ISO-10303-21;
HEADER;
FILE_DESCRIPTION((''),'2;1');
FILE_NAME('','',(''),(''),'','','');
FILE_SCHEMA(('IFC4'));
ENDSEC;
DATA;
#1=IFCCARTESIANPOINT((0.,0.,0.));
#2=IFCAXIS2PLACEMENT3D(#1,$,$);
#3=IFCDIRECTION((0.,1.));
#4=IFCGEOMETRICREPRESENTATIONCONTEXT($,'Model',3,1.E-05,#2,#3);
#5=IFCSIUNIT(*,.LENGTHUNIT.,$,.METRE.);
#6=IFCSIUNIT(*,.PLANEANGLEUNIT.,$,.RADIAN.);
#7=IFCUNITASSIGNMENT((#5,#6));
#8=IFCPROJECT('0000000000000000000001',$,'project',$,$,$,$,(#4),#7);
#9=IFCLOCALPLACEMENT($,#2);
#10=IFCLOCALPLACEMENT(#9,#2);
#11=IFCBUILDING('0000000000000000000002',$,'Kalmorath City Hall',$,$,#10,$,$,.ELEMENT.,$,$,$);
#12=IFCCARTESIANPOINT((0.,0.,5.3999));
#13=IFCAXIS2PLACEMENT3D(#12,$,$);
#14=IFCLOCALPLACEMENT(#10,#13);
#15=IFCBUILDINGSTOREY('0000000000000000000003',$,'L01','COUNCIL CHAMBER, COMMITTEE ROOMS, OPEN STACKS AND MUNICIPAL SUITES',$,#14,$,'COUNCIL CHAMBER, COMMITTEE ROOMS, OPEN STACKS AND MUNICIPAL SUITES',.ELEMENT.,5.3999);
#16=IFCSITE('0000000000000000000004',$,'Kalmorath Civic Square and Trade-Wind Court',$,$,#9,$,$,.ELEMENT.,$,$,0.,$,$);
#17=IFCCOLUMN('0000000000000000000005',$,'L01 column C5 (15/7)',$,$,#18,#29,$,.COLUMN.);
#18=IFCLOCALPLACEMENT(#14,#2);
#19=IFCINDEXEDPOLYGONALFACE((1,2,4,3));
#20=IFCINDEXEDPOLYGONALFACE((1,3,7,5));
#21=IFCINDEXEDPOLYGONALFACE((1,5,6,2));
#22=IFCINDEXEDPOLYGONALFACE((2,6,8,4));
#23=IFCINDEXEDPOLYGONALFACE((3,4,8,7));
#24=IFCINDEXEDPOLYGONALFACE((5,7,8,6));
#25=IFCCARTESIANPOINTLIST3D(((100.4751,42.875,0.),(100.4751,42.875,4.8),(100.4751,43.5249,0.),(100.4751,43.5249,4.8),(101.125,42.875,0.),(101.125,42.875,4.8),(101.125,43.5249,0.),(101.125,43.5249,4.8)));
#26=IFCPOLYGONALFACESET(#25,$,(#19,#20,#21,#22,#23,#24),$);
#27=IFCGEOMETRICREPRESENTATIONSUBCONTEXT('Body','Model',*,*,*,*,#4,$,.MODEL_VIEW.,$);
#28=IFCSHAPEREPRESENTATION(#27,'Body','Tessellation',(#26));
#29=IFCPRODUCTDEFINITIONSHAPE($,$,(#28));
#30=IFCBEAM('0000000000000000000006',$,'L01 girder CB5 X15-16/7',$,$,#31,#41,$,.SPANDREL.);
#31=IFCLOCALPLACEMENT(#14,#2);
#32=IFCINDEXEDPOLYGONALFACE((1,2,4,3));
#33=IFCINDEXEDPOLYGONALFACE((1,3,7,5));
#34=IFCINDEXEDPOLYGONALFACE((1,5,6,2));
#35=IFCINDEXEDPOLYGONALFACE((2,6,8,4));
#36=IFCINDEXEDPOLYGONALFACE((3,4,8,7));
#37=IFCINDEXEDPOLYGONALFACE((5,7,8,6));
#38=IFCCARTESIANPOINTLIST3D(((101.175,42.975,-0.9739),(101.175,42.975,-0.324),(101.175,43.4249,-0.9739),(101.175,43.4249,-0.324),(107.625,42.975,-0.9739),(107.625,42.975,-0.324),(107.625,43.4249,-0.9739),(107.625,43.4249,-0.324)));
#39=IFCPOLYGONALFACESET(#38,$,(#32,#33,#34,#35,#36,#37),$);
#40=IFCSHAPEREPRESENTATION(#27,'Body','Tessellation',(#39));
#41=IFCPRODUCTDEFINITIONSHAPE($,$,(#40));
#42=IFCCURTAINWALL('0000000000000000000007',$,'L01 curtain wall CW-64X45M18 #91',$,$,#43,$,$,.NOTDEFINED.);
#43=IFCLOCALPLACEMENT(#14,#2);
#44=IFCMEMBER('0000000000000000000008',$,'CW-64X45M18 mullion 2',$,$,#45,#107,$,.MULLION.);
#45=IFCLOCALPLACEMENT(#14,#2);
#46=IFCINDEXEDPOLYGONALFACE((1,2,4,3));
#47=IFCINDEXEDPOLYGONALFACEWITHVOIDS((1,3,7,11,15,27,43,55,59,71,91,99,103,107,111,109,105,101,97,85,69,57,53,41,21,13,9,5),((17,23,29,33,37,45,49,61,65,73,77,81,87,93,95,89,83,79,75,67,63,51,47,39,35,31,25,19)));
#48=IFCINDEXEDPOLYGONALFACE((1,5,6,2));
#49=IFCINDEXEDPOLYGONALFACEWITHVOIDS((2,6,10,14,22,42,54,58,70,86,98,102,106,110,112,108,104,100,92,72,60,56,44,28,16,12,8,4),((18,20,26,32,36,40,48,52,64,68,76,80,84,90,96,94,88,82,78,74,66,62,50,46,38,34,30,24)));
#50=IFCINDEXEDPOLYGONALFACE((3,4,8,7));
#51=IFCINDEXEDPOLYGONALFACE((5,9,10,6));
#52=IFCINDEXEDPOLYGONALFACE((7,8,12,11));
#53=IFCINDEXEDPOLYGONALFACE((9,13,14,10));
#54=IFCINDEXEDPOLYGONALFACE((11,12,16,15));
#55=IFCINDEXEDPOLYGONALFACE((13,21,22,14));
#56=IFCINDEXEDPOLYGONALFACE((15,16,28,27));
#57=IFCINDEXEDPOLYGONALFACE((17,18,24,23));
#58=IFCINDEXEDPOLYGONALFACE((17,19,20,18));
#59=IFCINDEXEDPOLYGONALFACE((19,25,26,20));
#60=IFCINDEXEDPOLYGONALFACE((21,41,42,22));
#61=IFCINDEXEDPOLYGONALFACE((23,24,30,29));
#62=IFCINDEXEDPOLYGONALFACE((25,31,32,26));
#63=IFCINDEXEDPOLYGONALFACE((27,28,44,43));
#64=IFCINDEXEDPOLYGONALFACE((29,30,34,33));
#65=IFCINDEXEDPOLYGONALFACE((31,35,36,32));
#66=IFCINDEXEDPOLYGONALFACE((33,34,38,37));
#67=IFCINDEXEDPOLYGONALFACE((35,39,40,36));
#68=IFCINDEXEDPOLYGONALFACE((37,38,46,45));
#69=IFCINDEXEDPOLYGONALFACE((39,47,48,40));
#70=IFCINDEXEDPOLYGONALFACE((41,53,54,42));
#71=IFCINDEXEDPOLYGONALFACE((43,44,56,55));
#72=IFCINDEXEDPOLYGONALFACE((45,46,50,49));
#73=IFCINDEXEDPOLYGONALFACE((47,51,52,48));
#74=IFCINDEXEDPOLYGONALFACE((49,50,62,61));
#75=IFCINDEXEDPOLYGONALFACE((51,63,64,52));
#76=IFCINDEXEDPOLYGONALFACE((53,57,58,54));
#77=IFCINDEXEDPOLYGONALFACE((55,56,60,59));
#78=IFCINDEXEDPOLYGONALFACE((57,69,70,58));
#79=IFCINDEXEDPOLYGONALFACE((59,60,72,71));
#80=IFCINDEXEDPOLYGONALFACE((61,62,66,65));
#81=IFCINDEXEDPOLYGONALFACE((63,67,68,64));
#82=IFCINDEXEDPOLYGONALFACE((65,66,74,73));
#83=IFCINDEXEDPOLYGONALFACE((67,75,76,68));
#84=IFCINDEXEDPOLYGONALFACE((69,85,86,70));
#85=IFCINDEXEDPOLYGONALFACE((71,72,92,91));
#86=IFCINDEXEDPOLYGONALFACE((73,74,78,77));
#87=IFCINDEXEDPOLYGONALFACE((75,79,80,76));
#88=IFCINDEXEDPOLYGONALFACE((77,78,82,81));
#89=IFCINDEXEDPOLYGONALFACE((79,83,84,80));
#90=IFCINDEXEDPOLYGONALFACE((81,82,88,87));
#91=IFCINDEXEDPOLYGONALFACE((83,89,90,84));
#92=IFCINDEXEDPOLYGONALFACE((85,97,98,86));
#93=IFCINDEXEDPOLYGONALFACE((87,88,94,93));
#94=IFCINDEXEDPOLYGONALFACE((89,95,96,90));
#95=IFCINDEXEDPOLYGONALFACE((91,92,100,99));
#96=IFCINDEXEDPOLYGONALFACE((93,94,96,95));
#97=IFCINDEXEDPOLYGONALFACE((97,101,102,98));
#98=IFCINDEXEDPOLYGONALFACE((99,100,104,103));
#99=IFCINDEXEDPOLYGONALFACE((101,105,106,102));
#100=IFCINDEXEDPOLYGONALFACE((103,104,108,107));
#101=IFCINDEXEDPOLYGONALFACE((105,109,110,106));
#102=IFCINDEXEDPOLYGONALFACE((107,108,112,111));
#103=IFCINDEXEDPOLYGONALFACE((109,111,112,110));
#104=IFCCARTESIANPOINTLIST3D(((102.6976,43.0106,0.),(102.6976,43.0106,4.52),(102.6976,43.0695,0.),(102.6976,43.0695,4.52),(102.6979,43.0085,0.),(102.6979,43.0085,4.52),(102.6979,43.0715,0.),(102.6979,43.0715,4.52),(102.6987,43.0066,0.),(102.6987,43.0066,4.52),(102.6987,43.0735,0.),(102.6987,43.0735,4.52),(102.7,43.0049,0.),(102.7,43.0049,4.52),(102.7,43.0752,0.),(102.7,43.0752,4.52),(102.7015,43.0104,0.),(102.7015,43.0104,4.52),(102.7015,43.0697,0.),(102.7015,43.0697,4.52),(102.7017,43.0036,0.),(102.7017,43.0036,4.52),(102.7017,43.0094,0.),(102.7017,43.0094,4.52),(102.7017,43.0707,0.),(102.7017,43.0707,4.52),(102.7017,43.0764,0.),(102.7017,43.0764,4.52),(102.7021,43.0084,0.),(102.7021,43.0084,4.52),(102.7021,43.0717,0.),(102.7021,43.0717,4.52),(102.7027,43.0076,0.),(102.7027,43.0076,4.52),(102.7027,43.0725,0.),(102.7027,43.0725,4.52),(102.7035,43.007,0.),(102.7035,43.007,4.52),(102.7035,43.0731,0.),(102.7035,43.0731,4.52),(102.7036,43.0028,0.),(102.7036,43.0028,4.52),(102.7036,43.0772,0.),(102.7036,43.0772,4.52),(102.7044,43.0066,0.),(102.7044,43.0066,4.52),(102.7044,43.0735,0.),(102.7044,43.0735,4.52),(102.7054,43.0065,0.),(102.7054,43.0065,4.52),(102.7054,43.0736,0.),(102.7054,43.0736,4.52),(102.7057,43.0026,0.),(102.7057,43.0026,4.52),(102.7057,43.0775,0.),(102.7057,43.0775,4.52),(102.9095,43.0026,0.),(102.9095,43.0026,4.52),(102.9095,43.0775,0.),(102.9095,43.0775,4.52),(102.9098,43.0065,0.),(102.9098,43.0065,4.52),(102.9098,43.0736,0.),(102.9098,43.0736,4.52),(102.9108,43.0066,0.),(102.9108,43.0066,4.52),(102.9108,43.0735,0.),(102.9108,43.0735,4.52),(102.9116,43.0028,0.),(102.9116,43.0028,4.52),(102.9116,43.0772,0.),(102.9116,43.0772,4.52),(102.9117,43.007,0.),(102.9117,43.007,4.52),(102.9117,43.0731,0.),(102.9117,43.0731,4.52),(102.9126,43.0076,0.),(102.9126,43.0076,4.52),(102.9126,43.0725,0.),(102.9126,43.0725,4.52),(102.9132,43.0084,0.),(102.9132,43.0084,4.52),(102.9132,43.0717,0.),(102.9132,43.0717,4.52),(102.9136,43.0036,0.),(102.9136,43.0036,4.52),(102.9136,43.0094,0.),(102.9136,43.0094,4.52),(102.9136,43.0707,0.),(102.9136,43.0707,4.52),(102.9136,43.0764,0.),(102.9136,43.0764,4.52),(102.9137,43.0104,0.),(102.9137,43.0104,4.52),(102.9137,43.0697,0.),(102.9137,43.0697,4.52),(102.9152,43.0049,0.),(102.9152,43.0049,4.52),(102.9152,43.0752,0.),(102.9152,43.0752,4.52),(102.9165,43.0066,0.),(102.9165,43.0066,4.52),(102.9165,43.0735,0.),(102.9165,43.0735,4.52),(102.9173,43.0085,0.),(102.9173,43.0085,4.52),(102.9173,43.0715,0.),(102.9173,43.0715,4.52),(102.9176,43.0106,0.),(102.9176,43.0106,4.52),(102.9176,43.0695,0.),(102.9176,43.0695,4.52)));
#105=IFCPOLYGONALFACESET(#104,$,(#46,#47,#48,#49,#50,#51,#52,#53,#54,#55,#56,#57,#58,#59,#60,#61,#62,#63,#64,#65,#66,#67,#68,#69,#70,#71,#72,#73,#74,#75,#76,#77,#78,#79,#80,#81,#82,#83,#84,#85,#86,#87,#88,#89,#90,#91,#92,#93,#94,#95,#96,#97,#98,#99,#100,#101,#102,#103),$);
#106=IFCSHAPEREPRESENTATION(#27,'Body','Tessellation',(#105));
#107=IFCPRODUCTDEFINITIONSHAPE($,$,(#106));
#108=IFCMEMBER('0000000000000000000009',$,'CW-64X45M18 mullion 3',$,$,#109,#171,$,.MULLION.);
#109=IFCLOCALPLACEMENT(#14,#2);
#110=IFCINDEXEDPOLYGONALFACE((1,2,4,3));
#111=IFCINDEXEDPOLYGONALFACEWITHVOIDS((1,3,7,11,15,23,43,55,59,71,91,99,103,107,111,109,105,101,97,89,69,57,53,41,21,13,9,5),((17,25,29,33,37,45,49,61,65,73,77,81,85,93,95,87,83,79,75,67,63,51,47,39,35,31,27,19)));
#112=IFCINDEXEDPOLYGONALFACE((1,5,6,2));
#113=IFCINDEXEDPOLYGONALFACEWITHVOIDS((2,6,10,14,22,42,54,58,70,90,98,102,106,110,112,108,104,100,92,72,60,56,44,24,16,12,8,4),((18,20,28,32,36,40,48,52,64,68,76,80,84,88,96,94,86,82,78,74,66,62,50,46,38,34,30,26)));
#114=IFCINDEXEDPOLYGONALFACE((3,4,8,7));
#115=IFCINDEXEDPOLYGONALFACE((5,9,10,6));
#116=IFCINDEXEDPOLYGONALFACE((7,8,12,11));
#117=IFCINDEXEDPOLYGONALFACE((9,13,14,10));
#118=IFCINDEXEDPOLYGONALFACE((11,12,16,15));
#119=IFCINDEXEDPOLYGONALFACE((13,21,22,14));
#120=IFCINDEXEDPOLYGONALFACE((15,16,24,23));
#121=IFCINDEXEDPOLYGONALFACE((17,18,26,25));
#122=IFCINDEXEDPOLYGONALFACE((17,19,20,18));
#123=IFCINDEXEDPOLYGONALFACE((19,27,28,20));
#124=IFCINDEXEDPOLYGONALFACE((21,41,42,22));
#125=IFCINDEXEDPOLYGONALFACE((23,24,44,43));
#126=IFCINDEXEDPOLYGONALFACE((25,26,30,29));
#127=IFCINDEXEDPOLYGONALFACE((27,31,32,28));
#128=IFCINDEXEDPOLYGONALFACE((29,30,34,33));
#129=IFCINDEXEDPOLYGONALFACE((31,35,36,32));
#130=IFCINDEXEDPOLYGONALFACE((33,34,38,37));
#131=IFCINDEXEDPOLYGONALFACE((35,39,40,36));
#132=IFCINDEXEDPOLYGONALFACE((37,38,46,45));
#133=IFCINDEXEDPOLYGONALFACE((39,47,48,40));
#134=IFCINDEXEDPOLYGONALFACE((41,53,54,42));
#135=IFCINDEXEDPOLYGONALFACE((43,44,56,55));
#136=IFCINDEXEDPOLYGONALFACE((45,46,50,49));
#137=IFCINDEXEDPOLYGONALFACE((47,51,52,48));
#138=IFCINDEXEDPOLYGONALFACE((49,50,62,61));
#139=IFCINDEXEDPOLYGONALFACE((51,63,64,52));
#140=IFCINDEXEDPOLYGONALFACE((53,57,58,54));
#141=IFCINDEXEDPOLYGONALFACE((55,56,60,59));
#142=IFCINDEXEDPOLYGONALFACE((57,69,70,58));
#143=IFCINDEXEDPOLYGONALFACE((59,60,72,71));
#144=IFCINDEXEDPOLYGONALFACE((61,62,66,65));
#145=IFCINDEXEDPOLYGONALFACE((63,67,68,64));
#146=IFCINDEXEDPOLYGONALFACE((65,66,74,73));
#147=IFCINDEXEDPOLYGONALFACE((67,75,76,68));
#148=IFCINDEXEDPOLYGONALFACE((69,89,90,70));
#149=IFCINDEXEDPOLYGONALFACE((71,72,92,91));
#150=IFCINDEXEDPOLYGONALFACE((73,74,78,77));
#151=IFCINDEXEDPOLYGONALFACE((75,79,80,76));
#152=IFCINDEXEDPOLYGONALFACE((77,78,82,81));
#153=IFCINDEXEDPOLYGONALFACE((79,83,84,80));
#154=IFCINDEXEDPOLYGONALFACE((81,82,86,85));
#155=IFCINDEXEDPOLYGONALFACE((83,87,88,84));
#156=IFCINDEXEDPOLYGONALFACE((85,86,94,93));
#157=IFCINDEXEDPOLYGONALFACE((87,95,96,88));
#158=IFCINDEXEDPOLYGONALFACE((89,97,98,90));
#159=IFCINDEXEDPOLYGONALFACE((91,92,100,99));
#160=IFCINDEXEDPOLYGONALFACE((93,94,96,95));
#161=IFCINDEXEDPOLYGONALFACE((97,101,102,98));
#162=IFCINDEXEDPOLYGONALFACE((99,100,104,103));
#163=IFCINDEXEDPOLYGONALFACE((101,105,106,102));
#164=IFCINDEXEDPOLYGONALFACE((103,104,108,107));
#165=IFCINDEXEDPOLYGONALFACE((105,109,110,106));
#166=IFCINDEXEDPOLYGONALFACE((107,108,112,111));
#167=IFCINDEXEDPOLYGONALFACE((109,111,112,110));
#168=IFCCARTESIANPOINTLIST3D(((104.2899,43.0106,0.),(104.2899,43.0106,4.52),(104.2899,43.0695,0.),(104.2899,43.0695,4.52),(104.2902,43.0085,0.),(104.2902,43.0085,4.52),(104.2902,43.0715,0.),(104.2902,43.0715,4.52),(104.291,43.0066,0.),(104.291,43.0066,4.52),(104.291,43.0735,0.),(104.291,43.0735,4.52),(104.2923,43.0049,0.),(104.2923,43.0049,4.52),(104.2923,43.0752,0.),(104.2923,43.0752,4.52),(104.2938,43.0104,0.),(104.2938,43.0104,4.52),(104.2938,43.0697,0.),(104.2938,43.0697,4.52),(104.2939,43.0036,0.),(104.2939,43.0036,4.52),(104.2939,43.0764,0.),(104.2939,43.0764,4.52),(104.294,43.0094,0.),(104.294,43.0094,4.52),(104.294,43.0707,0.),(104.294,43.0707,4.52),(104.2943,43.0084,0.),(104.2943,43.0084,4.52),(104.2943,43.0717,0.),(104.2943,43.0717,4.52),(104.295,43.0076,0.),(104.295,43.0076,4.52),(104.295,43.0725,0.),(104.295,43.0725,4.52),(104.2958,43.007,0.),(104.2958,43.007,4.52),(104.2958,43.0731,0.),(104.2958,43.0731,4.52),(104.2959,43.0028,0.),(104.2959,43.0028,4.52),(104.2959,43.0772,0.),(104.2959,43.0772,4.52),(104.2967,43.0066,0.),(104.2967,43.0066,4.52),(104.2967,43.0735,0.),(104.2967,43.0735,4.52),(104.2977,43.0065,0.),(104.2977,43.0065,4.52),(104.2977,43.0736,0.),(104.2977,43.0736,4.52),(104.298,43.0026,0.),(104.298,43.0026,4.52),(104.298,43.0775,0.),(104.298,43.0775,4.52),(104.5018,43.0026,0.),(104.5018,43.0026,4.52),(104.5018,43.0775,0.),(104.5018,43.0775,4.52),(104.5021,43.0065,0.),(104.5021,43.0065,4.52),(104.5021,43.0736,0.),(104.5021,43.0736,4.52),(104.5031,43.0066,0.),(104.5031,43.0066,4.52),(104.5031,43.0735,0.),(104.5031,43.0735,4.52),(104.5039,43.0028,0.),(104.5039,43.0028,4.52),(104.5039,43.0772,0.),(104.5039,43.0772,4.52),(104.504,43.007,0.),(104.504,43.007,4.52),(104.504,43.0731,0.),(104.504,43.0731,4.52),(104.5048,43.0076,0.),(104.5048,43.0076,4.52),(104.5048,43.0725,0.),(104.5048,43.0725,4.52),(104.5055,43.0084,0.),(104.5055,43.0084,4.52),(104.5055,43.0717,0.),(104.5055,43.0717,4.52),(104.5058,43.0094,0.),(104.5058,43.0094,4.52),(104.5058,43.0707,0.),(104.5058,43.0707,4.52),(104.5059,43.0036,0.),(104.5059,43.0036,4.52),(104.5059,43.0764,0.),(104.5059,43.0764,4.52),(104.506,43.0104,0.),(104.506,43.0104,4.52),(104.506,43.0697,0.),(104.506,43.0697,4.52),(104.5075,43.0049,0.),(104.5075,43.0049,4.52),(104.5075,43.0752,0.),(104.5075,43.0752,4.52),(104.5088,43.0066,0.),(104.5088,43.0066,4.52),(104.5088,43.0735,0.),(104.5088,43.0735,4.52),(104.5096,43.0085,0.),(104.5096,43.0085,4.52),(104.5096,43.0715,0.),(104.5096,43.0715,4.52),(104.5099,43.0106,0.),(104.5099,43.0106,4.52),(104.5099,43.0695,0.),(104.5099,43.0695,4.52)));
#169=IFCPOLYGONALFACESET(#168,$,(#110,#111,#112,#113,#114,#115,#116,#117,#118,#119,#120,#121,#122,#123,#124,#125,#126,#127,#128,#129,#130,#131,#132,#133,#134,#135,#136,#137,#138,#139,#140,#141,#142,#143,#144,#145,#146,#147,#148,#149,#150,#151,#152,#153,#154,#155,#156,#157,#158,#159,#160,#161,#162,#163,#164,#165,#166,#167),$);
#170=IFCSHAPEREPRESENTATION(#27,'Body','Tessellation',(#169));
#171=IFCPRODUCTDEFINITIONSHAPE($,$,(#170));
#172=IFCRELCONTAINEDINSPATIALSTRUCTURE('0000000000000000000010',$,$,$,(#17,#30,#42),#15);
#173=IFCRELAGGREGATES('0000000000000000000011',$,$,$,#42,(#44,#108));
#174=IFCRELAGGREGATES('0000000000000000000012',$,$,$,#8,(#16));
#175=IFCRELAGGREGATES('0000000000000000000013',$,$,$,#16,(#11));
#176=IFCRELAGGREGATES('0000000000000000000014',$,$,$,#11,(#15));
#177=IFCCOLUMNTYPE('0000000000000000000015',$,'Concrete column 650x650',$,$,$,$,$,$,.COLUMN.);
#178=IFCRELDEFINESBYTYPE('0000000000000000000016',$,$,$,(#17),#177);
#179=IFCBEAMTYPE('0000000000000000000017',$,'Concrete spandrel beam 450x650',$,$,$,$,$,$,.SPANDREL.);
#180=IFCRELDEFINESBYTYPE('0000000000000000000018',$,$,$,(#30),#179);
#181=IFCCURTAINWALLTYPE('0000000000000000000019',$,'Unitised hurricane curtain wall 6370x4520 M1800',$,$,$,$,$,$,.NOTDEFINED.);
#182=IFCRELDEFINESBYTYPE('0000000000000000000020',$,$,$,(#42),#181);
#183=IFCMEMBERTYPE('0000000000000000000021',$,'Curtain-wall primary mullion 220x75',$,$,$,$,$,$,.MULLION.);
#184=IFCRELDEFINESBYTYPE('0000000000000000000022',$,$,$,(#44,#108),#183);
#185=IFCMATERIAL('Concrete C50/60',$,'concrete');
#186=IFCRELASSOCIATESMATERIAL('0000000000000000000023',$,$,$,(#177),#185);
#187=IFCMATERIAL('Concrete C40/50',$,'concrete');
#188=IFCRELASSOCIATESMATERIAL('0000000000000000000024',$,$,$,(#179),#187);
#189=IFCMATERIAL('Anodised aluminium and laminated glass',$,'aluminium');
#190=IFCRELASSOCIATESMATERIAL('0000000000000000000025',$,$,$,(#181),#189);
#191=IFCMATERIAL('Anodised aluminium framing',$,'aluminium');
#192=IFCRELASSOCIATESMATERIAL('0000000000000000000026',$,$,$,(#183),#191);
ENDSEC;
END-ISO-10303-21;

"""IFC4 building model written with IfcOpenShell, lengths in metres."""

from ifc_helpers import new_model, si_unit, direction, frame, origin, origin_2d, place, context, subcontext, project, spatial, rectangle, hollow_rectangle, extrude, material, material_profile, profile_set, type_object, element, aggregate, save


model = new_model("IFC4")

# Units and contexts
model_context = context("Model", 3, precision=1e-05, world=origin(), true_north=direction((0.0, 1.0)))
body_context = subcontext(model_context, "Body", "Model", "MODEL_VIEW")
ifc_project = project(units=[si_unit("LENGTHUNIT", "METRE"), si_unit("PLANEANGLEUNIT", "RADIAN")], contexts=[model_context])

# Site, building, storey
site_placement = place(None, origin())
site = spatial("IfcSite", under=ifc_project, at=site_placement, Name="Kalmorath Civic Square and Trade-Wind Court", CompositionType="ELEMENT", RefElevation=0.0)
building_placement = place(site_placement, origin())
building = spatial("IfcBuilding", under=site, at=building_placement, Name="Kalmorath City Hall", CompositionType="ELEMENT")
storey_placement = place(building_placement, frame((0.0, 0.0, 5.3999)))
storey = spatial("IfcBuildingStorey", under=building, at=storey_placement, Name="L01", Description="COUNCIL CHAMBER, COMMITTEE ROOMS, OPEN STACKS AND MUNICIPAL SUITES", LongName="COUNCIL CHAMBER, COMMITTEE ROOMS, OPEN STACKS AND MUNICIPAL SUITES", CompositionType="ELEMENT", Elevation=5.3999)

# Column
ifc_material_1 = material(Name="Concrete C50/60", Category="concrete")
ifc_material_profile_1 = material_profile(ifc_material_1, rectangle(XDim=0.6499, YDim=0.6499, at=origin_2d()), Name="RC-COL-650X650")
ifc_profile_set_1 = profile_set([ifc_material_profile_1], Name="Concrete C50/60")
column_type = type_object("IfcColumnType", Name="Concrete column 650x650", PredefinedType="COLUMN", material=ifc_profile_set_1)
column_placement = place(storey_placement, frame((100.8, 43.2, 0.0), z_axis=(0.0, 0.0, 1.0), x_axis=(1.0, 0.0, 0.0)))
element("IfcColumn", 1, at=column_placement, inside=storey, type_object=column_type, Name="L01 column C5 (15/7)", PredefinedType="COLUMN", context=body_context, shape_type="SweptSolid", body=[
    extrude(rectangle(XDim=0.6499, YDim=0.6499, at=origin_2d()), origin(), (0.0, 0.0, 1.0), 4.8),
])

# Beam
ifc_material_2 = material(Name="Concrete C40/50", Category="concrete")
ifc_material_profile_2 = material_profile(ifc_material_2, rectangle(XDim=0.45, YDim=0.6499, at=origin_2d()), Name="RC-BM-450X650")
ifc_profile_set_2 = profile_set([ifc_material_profile_2], Name="Concrete C40/50")
beam_type = type_object("IfcBeamType", Name="Concrete spandrel beam 450x650", PredefinedType="SPANDREL", material=ifc_profile_set_2)
beam_placement = place(storey_placement, frame((101.175, 43.2, -0.6489), z_axis=(1.0, 0.0, 0.0), x_axis=(0.0, 1.0, 0.0)))
element("IfcBeam", 2, at=beam_placement, inside=storey, type_object=beam_type, Name="L01 girder CB5 X15-16/7", PredefinedType="SPANDREL", context=body_context, shape_type="SweptSolid", body=[
    extrude(rectangle(XDim=0.45, YDim=0.6499, at=origin_2d()), origin(), (0.0, 0.0, 1.0), 6.45),
])

# Curtain wall, members
ifc_material_3 = material(Name="Anodised aluminium and laminated glass", Category="aluminium")
curtain_wall_type = type_object("IfcCurtainWallType", Name="Unitised hurricane curtain wall 6370x4520 M1800", PredefinedType="NOTDEFINED", material=ifc_material_3)
curtain_wall_placement = place(storey_placement, origin())
curtain_wall = element("IfcCurtainWall", 3, at=curtain_wall_placement, inside=storey, type_object=curtain_wall_type, Name="L01 curtain wall CW-64X45M18 #91", PredefinedType="NOTDEFINED")
ifc_material_4 = material(Name="Anodised aluminium framing", Category="aluminium")
ifc_material_profile_3 = material_profile(ifc_material_4, hollow_rectangle(XDim=0.075, YDim=0.22, WallThickness=0.0039, InnerFilletRadius=0.0039, OuterFilletRadius=0.0081, at=origin_2d()), Name="ALU-MUL-220X75X4")
ifc_profile_set_3 = profile_set([ifc_material_profile_3], Name="Anodised aluminium framing")
member_type_1 = type_object("IfcMemberType", Name="Curtain-wall primary mullion 220x75", PredefinedType="MULLION", material=ifc_profile_set_3)
member_1_placement = place(storey_placement, frame((102.8076, 43.04, 0.0), z_axis=(0.0, 0.0, 1.0), x_axis=(0.0, 1.0, 0.0)))
member_1 = element("IfcMember", 4, at=member_1_placement, type_object=member_type_1, Name="CW-64X45M18 mullion 2", PredefinedType="MULLION", context=body_context, shape_type="SweptSolid", body=[
    extrude(hollow_rectangle(XDim=0.075, YDim=0.22, WallThickness=0.0039, InnerFilletRadius=0.0039, OuterFilletRadius=0.0081, at=origin_2d()), origin(), (0.0, 0.0, 1.0), 4.52),
])
member_2_placement = place(storey_placement, frame((104.3999, 43.04, 0.0), z_axis=(0.0, 0.0, 1.0), x_axis=(0.0, 1.0, 0.0)))
member_2 = element("IfcMember", 5, at=member_2_placement, type_object=member_type_1, Name="CW-64X45M18 mullion 3", PredefinedType="MULLION", context=body_context, shape_type="SweptSolid", body=[
    extrude(hollow_rectangle(XDim=0.075, YDim=0.22, WallThickness=0.0039, InnerFilletRadius=0.0039, OuterFilletRadius=0.0081, at=origin_2d()), origin(), (0.0, 0.0, 1.0), 4.52),
])
aggregate(curtain_wall, [member_1, member_2])

save(model, "model.ifc")
